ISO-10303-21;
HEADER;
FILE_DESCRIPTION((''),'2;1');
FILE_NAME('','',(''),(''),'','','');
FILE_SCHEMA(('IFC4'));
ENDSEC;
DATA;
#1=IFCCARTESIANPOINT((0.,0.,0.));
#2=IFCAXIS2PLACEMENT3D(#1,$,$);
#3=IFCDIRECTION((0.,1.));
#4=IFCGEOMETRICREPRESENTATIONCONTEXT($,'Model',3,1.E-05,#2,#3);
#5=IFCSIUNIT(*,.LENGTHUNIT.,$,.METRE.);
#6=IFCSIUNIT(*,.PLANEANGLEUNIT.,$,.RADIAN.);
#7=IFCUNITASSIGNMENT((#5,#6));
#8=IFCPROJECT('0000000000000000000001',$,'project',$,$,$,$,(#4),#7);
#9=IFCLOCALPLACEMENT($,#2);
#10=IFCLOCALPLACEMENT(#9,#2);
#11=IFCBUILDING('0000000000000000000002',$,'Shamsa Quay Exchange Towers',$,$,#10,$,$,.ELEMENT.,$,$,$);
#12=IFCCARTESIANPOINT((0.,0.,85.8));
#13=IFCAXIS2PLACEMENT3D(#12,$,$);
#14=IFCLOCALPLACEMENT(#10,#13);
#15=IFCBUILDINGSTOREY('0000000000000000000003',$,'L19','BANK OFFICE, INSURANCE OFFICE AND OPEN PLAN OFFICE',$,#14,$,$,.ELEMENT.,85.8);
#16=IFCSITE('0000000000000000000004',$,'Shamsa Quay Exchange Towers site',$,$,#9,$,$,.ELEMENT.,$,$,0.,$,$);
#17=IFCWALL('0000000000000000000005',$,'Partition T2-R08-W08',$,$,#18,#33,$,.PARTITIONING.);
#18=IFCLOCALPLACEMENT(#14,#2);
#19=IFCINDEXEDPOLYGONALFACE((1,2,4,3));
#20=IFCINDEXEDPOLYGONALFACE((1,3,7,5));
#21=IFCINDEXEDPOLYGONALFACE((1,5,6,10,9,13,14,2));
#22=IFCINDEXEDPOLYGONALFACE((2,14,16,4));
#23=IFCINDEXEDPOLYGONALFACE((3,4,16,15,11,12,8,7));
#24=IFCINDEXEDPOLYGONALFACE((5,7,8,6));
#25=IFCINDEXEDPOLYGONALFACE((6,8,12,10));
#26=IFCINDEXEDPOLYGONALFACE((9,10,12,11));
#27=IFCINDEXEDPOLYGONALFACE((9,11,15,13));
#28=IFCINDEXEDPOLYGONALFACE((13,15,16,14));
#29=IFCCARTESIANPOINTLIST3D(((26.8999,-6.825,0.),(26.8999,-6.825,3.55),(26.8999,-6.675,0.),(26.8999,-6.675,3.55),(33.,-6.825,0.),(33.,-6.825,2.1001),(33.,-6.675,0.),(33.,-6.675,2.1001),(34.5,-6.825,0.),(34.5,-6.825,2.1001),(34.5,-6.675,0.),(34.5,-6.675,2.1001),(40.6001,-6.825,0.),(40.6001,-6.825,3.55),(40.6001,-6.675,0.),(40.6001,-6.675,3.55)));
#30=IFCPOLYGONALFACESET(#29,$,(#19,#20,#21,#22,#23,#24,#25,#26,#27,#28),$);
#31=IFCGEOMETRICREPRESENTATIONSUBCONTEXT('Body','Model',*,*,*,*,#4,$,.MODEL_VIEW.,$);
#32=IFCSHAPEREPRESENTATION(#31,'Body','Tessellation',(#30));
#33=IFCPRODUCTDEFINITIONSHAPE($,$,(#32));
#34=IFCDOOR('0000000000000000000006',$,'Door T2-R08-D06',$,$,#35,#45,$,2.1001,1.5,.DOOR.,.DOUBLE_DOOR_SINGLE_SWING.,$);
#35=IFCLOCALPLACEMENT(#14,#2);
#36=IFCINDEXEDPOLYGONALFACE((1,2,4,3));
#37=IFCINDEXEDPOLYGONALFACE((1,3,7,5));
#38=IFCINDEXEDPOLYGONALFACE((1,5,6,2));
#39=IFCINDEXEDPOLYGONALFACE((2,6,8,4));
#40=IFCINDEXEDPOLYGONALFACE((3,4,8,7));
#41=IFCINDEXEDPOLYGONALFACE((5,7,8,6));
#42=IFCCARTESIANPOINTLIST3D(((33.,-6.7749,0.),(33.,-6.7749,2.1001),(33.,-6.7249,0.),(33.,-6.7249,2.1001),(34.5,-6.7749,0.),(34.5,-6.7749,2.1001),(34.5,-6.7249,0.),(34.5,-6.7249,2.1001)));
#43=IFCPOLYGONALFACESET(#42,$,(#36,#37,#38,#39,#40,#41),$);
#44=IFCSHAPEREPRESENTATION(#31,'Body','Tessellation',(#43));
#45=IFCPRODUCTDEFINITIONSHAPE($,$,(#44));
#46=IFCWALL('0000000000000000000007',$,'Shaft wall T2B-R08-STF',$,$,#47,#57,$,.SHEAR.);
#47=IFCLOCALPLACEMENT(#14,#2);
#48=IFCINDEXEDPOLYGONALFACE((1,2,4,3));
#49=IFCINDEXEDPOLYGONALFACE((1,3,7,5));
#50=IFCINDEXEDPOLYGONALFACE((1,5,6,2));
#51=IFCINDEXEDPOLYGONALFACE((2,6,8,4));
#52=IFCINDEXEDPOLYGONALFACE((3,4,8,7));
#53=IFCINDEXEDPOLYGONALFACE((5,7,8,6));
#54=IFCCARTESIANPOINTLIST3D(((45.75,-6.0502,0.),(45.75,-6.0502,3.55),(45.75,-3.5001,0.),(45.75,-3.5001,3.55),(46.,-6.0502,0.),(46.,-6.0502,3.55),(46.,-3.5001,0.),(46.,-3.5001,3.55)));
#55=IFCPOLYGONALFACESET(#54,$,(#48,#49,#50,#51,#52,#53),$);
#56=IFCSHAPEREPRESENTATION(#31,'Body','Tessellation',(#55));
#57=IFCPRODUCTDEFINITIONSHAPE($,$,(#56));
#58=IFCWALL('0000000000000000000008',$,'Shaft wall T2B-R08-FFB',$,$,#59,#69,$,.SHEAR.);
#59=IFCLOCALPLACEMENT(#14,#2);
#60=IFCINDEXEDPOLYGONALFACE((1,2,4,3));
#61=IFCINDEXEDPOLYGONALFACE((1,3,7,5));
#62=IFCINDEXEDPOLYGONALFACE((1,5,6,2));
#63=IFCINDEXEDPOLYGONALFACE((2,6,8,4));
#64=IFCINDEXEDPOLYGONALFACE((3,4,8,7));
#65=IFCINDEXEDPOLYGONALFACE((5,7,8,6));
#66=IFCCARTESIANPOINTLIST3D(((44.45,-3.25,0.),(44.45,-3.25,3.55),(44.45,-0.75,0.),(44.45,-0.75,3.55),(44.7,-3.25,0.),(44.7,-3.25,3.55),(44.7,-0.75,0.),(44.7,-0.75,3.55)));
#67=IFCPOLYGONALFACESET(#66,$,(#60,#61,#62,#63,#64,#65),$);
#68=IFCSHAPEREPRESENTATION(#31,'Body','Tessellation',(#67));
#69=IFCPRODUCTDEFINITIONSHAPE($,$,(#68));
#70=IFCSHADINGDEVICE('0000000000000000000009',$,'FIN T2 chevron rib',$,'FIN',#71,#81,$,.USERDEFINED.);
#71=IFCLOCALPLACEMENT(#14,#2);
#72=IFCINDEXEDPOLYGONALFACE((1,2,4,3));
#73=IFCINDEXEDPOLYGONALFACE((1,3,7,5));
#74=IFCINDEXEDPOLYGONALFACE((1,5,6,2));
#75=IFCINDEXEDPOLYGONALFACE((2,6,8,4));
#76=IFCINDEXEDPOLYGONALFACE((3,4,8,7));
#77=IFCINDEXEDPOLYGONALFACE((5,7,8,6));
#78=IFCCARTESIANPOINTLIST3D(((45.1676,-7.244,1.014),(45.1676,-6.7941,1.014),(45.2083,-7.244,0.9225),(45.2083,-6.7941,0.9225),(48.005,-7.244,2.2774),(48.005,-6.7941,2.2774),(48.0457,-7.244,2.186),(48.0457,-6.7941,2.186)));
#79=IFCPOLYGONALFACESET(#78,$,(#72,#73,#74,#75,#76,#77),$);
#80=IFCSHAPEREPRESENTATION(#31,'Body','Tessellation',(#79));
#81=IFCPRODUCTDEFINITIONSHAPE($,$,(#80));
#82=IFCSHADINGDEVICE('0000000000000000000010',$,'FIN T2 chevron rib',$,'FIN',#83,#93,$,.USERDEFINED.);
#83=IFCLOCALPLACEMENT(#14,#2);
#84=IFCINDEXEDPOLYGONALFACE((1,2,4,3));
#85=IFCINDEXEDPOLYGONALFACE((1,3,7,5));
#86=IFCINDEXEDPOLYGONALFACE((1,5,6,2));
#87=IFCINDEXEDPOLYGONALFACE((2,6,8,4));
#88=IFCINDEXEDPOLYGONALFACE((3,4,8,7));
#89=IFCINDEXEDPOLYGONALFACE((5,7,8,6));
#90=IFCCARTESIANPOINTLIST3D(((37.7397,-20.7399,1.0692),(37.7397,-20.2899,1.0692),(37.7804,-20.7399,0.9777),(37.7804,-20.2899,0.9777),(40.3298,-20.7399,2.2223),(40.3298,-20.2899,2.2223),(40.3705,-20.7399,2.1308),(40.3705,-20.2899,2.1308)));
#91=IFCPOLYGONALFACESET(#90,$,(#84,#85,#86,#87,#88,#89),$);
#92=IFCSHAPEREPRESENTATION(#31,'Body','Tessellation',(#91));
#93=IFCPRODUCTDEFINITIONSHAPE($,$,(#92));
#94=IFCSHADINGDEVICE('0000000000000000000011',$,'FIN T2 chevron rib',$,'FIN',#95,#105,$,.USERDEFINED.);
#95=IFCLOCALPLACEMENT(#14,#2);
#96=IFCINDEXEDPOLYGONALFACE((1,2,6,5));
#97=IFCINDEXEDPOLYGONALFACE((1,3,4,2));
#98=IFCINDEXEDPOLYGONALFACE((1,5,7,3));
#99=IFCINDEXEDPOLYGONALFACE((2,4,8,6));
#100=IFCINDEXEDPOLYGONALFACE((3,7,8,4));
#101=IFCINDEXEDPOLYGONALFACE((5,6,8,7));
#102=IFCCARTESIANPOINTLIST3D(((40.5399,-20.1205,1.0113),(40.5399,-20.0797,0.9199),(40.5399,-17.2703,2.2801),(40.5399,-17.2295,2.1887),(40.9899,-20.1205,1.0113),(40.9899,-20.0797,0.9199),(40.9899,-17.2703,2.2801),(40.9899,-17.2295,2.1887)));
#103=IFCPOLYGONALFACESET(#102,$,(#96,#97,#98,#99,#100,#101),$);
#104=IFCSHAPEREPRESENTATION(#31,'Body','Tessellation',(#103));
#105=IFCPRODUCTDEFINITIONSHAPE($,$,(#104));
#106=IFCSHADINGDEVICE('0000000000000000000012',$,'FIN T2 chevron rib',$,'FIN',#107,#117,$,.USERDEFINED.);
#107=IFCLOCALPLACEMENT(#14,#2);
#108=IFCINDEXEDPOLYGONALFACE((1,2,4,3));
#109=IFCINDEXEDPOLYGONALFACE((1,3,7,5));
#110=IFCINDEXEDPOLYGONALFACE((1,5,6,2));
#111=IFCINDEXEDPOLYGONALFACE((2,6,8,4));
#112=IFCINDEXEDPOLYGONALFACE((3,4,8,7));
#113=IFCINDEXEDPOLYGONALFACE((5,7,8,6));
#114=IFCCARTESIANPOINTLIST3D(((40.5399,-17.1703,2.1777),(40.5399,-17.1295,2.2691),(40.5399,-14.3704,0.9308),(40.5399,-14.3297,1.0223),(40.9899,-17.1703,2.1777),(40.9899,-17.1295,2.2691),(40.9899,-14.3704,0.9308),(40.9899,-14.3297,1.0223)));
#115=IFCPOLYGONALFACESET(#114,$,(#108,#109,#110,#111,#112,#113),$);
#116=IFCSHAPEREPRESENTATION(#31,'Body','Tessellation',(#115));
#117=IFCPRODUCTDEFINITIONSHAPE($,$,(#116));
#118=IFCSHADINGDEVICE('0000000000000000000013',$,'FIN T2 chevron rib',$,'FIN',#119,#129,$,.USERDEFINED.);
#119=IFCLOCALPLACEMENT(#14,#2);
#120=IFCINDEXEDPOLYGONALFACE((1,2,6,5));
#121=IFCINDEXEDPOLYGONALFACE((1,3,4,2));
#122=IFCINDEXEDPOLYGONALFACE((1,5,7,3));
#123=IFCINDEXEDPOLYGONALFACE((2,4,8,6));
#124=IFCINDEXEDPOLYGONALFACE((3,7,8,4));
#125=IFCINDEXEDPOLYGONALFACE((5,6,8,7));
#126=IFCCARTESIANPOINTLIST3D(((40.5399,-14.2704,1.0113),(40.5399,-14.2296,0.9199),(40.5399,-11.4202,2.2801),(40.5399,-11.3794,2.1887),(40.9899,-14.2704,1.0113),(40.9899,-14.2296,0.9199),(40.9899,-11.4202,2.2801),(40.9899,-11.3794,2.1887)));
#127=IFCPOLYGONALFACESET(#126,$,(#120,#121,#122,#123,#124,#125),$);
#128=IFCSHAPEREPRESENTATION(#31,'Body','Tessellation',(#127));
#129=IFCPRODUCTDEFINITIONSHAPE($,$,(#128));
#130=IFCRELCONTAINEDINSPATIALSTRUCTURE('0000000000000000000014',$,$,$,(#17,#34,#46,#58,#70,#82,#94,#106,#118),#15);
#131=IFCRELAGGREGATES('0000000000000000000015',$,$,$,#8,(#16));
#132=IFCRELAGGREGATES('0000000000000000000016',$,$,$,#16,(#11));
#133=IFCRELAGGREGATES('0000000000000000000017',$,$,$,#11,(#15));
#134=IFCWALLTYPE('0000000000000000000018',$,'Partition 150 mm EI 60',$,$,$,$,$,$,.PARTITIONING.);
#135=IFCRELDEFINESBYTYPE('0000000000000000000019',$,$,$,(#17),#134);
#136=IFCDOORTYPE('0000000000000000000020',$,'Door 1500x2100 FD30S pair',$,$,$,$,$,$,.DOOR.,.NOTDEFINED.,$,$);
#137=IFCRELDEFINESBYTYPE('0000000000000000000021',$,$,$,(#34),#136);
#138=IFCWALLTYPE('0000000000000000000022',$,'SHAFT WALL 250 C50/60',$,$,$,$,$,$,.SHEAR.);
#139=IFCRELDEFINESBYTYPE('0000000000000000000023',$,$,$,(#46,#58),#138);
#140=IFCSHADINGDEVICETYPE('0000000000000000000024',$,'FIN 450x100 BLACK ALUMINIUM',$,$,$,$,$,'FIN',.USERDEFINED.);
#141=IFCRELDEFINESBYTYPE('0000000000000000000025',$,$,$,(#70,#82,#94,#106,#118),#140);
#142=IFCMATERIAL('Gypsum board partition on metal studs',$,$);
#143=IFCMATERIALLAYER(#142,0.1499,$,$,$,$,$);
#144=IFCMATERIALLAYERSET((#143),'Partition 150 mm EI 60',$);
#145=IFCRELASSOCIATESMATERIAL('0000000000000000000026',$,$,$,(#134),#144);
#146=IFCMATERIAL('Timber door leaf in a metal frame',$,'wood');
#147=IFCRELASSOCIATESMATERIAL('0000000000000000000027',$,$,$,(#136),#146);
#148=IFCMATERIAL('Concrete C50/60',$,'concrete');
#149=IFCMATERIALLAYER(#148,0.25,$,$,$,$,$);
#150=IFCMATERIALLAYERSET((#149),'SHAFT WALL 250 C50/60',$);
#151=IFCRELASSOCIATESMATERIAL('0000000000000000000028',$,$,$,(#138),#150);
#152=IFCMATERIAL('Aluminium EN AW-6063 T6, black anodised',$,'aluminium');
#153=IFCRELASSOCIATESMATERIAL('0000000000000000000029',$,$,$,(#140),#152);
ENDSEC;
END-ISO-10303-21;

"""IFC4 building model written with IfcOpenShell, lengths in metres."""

from ifc_helpers import new_model, si_unit, direction, frame, frame_2d, origin, origin_2d, place, context, subcontext, project, spatial, rectangle, extrude, material, layer, layer_set, material_profile, profile_set, type_object, element, fill, save


model = new_model("IFC4")

# Units and contexts
model_context = context("Model", 3, precision=1e-05, world=origin(), true_north=direction((0.0, 1.0)))
body_context = subcontext(model_context, "Body", "Model", "MODEL_VIEW")
ifc_project = project(units=[si_unit("LENGTHUNIT", "METRE"), si_unit("PLANEANGLEUNIT", "RADIAN")], contexts=[model_context])

# Site, building, storey
site_placement = place(None, origin())
site = spatial("IfcSite", under=ifc_project, at=site_placement, Name="Shamsa Quay Exchange Towers site", CompositionType="ELEMENT", RefElevation=0.0)
building_placement = place(site_placement, origin())
building = spatial("IfcBuilding", under=site, at=building_placement, Name="Shamsa Quay Exchange Towers", CompositionType="ELEMENT")
storey_placement = place(building_placement, frame((0.0, 0.0, 85.8)))
storey = spatial("IfcBuildingStorey", under=building, at=storey_placement, Name="L19", Description="BANK OFFICE, INSURANCE OFFICE AND OPEN PLAN OFFICE", CompositionType="ELEMENT", Elevation=85.8)

# Shared definitions
ifc_material_1 = material(Name="Aluminium EN AW-6063 T6, black anodised", Category="aluminium")

# Wall, opening, door
ifc_material_2 = material(Name="Gypsum board partition on metal studs")
ifc_layer_1 = layer(ifc_material_2, 0.1499)
ifc_layer_set_1 = layer_set([ifc_layer_1], Name="Partition 150 mm EI 60")
wall_type_1 = type_object("IfcWallType", Name="Partition 150 mm EI 60", PredefinedType="PARTITIONING", material=ifc_layer_set_1)
wall_1_placement = place(storey_placement, frame((40.6001, -6.75, 0.0), z_axis=(0.0, 0.0, 1.0), x_axis=(-1.0, 0.0, 0.0)))
wall_1 = element("IfcWall", 1, at=wall_1_placement, inside=storey, type_object=wall_type_1, Name="Partition T2-R08-W08", PredefinedType="PARTITIONING", context=body_context, shape_type="SweptSolid", body=[
    extrude(rectangle(XDim=13.7002, YDim=0.1499, at=frame_2d((6.8501, 0.0))), origin(), (0.0, 0.0, 1.0), 3.55),
])
opening_1_placement = place(wall_1_placement, frame((6.1001, 0.0, 0.0)))
opening_1 = element("IfcOpeningElement", 2, at=opening_1_placement, cuts=wall_1, PredefinedType="OPENING", context=body_context, shape_type="SweptSolid", body=[
    extrude(rectangle(XDim=1.5, YDim=2.1001, at=frame_2d((0.75, 1.05))), frame((0.0, 0.085, 0.0), z_axis=(0.0, -1.0, 0.0), x_axis=(1.0, 0.0, 0.0)), (0.0, 0.0, 1.0), 0.1699),
])
ifc_material_3 = material(Name="Timber door leaf in a metal frame", Category="wood")
door_type_1 = type_object("IfcDoorType", Name="Door 1500x2100 FD30S pair", OperationType="NOTDEFINED", PredefinedType="DOOR", material=ifc_material_3)
door_1_placement = place(opening_1_placement, origin())
door_1 = element("IfcDoor", 3, at=door_1_placement, inside=storey, type_object=door_type_1, Name="Door T2-R08-D06", OperationType="DOUBLE_DOOR_SINGLE_SWING", OverallHeight=2.1001, OverallWidth=1.5, PredefinedType="DOOR", context=body_context, shape_type="SweptSolid", body=[
    extrude(rectangle(XDim=1.5, YDim=2.1001, at=frame_2d((0.75, 1.05))), frame((0.0, 0.0249, 0.0), z_axis=(0.0, -1.0, 0.0), x_axis=(1.0, 0.0, 0.0)), (0.0, 0.0, 1.0), 0.05),
])
fill(opening_1, door_1)

# Walls
ifc_material_4 = material(Name="Concrete C50/60", Category="concrete")
ifc_layer_2 = layer(ifc_material_4, 0.25)
ifc_layer_set_2 = layer_set([ifc_layer_2], Name="SHAFT WALL 250 C50/60")
wall_type_2 = type_object("IfcWallType", Name="SHAFT WALL 250 C50/60", PredefinedType="SHEAR", material=ifc_layer_set_2)
wall_2_placement = place(storey_placement, frame((45.875, -6.05, 0.0), z_axis=(0.0, 0.0, 1.0), x_axis=(0.0, 1.0, 0.0)))
element("IfcWall", 4, at=wall_2_placement, inside=storey, type_object=wall_type_2, Name="Shaft wall T2B-R08-STF", PredefinedType="SHEAR", context=body_context, shape_type="SweptSolid", body=[
    extrude(rectangle(XDim=2.55, YDim=0.25, at=frame_2d((1.2749, 0.0))), origin(), (0.0, 0.0, 1.0), 3.55),
])
wall_3_placement = place(storey_placement, frame((44.575, -3.25, 0.0), z_axis=(0.0, 0.0, 1.0), x_axis=(0.0, 1.0, 0.0)))
element("IfcWall", 5, at=wall_3_placement, inside=storey, type_object=wall_type_2, Name="Shaft wall T2B-R08-FFB", PredefinedType="SHEAR", context=body_context, shape_type="SweptSolid", body=[
    extrude(rectangle(XDim=2.5, YDim=0.25, at=frame_2d((1.25, 0.0))), origin(), (0.0, 0.0, 1.0), 3.55),
])

# Shading devices
ifc_material_profile_1 = material_profile(ifc_material_1, rectangle(XDim=0.45, YDim=0.1001, at=origin_2d()), Name="FIN450x100")
ifc_profile_set_1 = profile_set([ifc_material_profile_1], Name="Aluminium EN AW-6063 T6, black anodised")
shading_device_type = type_object("IfcShadingDeviceType", Name="FIN 450x100 BLACK ALUMINIUM", ElementType="FIN", PredefinedType="USERDEFINED", material=ifc_profile_set_1)
shading_device_1_placement = place(storey_placement, frame((45.188, -7.019, 0.9683), z_axis=(0.913529, 0.0, 0.406773), x_axis=(0.0, 1.0, 0.0)))
element("IfcShadingDevice", 6, at=shading_device_1_placement, inside=storey, type_object=shading_device_type, Name="FIN T2 chevron rib", ObjectType="FIN", PredefinedType="USERDEFINED", context=body_context, shape_type="SweptSolid", body=[
    extrude(rectangle(XDim=0.45, YDim=0.1001, at=origin_2d()), origin(), (0.0, 0.0, 1.0), 3.106),
])
shading_device_2_placement = place(storey_placement, frame((37.76, -20.5149, 1.0234), z_axis=(0.913559, 0.0, 0.406706), x_axis=(0.0, 1.0, 0.0)))
element("IfcShadingDevice", 7, at=shading_device_2_placement, inside=storey, type_object=shading_device_type, Name="FIN T2 chevron rib", ObjectType="FIN", PredefinedType="USERDEFINED", context=body_context, shape_type="SweptSolid", body=[
    extrude(rectangle(XDim=0.45, YDim=0.1001, at=origin_2d()), origin(), (0.0, 0.0, 1.0), 2.8352),
])
shading_device_3_placement = place(storey_placement, frame((40.7649, -20.1001, 0.9656), z_axis=(0.0, 0.913563, 0.406697), x_axis=(-1.0, 0.0, 0.0)))
element("IfcShadingDevice", 8, at=shading_device_3_placement, inside=storey, type_object=shading_device_type, Name="FIN T2 chevron rib", ObjectType="FIN", PredefinedType="USERDEFINED", context=body_context, shape_type="SweptSolid", body=[
    extrude(rectangle(XDim=0.45, YDim=0.1001, at=origin_2d()), origin(), (0.0, 0.0, 1.0), 3.1199),
])
shading_device_4_placement = place(storey_placement, frame((40.7649, -17.1499, 2.2234), z_axis=(0.0, 0.913512, -0.406811), x_axis=(-1.0, 0.0, 0.0)))
element("IfcShadingDevice", 9, at=shading_device_4_placement, inside=storey, type_object=shading_device_type, Name="FIN T2 chevron rib", ObjectType="FIN", PredefinedType="USERDEFINED", context=body_context, shape_type="SweptSolid", body=[
    extrude(rectangle(XDim=0.45, YDim=0.1001, at=origin_2d()), origin(), (0.0, 0.0, 1.0), 3.0649),
])
shading_device_5_placement = place(storey_placement, frame((40.7649, -14.25, 0.9656), z_axis=(0.0, 0.913563, 0.406697), x_axis=(-1.0, 0.0, 0.0)))
element("IfcShadingDevice", 10, at=shading_device_5_placement, inside=storey, type_object=shading_device_type, Name="FIN T2 chevron rib", ObjectType="FIN", PredefinedType="USERDEFINED", context=body_context, shape_type="SweptSolid", body=[
    extrude(rectangle(XDim=0.45, YDim=0.1001, at=origin_2d()), origin(), (0.0, 0.0, 1.0), 3.1199),
])

save(model, "model.ifc")
